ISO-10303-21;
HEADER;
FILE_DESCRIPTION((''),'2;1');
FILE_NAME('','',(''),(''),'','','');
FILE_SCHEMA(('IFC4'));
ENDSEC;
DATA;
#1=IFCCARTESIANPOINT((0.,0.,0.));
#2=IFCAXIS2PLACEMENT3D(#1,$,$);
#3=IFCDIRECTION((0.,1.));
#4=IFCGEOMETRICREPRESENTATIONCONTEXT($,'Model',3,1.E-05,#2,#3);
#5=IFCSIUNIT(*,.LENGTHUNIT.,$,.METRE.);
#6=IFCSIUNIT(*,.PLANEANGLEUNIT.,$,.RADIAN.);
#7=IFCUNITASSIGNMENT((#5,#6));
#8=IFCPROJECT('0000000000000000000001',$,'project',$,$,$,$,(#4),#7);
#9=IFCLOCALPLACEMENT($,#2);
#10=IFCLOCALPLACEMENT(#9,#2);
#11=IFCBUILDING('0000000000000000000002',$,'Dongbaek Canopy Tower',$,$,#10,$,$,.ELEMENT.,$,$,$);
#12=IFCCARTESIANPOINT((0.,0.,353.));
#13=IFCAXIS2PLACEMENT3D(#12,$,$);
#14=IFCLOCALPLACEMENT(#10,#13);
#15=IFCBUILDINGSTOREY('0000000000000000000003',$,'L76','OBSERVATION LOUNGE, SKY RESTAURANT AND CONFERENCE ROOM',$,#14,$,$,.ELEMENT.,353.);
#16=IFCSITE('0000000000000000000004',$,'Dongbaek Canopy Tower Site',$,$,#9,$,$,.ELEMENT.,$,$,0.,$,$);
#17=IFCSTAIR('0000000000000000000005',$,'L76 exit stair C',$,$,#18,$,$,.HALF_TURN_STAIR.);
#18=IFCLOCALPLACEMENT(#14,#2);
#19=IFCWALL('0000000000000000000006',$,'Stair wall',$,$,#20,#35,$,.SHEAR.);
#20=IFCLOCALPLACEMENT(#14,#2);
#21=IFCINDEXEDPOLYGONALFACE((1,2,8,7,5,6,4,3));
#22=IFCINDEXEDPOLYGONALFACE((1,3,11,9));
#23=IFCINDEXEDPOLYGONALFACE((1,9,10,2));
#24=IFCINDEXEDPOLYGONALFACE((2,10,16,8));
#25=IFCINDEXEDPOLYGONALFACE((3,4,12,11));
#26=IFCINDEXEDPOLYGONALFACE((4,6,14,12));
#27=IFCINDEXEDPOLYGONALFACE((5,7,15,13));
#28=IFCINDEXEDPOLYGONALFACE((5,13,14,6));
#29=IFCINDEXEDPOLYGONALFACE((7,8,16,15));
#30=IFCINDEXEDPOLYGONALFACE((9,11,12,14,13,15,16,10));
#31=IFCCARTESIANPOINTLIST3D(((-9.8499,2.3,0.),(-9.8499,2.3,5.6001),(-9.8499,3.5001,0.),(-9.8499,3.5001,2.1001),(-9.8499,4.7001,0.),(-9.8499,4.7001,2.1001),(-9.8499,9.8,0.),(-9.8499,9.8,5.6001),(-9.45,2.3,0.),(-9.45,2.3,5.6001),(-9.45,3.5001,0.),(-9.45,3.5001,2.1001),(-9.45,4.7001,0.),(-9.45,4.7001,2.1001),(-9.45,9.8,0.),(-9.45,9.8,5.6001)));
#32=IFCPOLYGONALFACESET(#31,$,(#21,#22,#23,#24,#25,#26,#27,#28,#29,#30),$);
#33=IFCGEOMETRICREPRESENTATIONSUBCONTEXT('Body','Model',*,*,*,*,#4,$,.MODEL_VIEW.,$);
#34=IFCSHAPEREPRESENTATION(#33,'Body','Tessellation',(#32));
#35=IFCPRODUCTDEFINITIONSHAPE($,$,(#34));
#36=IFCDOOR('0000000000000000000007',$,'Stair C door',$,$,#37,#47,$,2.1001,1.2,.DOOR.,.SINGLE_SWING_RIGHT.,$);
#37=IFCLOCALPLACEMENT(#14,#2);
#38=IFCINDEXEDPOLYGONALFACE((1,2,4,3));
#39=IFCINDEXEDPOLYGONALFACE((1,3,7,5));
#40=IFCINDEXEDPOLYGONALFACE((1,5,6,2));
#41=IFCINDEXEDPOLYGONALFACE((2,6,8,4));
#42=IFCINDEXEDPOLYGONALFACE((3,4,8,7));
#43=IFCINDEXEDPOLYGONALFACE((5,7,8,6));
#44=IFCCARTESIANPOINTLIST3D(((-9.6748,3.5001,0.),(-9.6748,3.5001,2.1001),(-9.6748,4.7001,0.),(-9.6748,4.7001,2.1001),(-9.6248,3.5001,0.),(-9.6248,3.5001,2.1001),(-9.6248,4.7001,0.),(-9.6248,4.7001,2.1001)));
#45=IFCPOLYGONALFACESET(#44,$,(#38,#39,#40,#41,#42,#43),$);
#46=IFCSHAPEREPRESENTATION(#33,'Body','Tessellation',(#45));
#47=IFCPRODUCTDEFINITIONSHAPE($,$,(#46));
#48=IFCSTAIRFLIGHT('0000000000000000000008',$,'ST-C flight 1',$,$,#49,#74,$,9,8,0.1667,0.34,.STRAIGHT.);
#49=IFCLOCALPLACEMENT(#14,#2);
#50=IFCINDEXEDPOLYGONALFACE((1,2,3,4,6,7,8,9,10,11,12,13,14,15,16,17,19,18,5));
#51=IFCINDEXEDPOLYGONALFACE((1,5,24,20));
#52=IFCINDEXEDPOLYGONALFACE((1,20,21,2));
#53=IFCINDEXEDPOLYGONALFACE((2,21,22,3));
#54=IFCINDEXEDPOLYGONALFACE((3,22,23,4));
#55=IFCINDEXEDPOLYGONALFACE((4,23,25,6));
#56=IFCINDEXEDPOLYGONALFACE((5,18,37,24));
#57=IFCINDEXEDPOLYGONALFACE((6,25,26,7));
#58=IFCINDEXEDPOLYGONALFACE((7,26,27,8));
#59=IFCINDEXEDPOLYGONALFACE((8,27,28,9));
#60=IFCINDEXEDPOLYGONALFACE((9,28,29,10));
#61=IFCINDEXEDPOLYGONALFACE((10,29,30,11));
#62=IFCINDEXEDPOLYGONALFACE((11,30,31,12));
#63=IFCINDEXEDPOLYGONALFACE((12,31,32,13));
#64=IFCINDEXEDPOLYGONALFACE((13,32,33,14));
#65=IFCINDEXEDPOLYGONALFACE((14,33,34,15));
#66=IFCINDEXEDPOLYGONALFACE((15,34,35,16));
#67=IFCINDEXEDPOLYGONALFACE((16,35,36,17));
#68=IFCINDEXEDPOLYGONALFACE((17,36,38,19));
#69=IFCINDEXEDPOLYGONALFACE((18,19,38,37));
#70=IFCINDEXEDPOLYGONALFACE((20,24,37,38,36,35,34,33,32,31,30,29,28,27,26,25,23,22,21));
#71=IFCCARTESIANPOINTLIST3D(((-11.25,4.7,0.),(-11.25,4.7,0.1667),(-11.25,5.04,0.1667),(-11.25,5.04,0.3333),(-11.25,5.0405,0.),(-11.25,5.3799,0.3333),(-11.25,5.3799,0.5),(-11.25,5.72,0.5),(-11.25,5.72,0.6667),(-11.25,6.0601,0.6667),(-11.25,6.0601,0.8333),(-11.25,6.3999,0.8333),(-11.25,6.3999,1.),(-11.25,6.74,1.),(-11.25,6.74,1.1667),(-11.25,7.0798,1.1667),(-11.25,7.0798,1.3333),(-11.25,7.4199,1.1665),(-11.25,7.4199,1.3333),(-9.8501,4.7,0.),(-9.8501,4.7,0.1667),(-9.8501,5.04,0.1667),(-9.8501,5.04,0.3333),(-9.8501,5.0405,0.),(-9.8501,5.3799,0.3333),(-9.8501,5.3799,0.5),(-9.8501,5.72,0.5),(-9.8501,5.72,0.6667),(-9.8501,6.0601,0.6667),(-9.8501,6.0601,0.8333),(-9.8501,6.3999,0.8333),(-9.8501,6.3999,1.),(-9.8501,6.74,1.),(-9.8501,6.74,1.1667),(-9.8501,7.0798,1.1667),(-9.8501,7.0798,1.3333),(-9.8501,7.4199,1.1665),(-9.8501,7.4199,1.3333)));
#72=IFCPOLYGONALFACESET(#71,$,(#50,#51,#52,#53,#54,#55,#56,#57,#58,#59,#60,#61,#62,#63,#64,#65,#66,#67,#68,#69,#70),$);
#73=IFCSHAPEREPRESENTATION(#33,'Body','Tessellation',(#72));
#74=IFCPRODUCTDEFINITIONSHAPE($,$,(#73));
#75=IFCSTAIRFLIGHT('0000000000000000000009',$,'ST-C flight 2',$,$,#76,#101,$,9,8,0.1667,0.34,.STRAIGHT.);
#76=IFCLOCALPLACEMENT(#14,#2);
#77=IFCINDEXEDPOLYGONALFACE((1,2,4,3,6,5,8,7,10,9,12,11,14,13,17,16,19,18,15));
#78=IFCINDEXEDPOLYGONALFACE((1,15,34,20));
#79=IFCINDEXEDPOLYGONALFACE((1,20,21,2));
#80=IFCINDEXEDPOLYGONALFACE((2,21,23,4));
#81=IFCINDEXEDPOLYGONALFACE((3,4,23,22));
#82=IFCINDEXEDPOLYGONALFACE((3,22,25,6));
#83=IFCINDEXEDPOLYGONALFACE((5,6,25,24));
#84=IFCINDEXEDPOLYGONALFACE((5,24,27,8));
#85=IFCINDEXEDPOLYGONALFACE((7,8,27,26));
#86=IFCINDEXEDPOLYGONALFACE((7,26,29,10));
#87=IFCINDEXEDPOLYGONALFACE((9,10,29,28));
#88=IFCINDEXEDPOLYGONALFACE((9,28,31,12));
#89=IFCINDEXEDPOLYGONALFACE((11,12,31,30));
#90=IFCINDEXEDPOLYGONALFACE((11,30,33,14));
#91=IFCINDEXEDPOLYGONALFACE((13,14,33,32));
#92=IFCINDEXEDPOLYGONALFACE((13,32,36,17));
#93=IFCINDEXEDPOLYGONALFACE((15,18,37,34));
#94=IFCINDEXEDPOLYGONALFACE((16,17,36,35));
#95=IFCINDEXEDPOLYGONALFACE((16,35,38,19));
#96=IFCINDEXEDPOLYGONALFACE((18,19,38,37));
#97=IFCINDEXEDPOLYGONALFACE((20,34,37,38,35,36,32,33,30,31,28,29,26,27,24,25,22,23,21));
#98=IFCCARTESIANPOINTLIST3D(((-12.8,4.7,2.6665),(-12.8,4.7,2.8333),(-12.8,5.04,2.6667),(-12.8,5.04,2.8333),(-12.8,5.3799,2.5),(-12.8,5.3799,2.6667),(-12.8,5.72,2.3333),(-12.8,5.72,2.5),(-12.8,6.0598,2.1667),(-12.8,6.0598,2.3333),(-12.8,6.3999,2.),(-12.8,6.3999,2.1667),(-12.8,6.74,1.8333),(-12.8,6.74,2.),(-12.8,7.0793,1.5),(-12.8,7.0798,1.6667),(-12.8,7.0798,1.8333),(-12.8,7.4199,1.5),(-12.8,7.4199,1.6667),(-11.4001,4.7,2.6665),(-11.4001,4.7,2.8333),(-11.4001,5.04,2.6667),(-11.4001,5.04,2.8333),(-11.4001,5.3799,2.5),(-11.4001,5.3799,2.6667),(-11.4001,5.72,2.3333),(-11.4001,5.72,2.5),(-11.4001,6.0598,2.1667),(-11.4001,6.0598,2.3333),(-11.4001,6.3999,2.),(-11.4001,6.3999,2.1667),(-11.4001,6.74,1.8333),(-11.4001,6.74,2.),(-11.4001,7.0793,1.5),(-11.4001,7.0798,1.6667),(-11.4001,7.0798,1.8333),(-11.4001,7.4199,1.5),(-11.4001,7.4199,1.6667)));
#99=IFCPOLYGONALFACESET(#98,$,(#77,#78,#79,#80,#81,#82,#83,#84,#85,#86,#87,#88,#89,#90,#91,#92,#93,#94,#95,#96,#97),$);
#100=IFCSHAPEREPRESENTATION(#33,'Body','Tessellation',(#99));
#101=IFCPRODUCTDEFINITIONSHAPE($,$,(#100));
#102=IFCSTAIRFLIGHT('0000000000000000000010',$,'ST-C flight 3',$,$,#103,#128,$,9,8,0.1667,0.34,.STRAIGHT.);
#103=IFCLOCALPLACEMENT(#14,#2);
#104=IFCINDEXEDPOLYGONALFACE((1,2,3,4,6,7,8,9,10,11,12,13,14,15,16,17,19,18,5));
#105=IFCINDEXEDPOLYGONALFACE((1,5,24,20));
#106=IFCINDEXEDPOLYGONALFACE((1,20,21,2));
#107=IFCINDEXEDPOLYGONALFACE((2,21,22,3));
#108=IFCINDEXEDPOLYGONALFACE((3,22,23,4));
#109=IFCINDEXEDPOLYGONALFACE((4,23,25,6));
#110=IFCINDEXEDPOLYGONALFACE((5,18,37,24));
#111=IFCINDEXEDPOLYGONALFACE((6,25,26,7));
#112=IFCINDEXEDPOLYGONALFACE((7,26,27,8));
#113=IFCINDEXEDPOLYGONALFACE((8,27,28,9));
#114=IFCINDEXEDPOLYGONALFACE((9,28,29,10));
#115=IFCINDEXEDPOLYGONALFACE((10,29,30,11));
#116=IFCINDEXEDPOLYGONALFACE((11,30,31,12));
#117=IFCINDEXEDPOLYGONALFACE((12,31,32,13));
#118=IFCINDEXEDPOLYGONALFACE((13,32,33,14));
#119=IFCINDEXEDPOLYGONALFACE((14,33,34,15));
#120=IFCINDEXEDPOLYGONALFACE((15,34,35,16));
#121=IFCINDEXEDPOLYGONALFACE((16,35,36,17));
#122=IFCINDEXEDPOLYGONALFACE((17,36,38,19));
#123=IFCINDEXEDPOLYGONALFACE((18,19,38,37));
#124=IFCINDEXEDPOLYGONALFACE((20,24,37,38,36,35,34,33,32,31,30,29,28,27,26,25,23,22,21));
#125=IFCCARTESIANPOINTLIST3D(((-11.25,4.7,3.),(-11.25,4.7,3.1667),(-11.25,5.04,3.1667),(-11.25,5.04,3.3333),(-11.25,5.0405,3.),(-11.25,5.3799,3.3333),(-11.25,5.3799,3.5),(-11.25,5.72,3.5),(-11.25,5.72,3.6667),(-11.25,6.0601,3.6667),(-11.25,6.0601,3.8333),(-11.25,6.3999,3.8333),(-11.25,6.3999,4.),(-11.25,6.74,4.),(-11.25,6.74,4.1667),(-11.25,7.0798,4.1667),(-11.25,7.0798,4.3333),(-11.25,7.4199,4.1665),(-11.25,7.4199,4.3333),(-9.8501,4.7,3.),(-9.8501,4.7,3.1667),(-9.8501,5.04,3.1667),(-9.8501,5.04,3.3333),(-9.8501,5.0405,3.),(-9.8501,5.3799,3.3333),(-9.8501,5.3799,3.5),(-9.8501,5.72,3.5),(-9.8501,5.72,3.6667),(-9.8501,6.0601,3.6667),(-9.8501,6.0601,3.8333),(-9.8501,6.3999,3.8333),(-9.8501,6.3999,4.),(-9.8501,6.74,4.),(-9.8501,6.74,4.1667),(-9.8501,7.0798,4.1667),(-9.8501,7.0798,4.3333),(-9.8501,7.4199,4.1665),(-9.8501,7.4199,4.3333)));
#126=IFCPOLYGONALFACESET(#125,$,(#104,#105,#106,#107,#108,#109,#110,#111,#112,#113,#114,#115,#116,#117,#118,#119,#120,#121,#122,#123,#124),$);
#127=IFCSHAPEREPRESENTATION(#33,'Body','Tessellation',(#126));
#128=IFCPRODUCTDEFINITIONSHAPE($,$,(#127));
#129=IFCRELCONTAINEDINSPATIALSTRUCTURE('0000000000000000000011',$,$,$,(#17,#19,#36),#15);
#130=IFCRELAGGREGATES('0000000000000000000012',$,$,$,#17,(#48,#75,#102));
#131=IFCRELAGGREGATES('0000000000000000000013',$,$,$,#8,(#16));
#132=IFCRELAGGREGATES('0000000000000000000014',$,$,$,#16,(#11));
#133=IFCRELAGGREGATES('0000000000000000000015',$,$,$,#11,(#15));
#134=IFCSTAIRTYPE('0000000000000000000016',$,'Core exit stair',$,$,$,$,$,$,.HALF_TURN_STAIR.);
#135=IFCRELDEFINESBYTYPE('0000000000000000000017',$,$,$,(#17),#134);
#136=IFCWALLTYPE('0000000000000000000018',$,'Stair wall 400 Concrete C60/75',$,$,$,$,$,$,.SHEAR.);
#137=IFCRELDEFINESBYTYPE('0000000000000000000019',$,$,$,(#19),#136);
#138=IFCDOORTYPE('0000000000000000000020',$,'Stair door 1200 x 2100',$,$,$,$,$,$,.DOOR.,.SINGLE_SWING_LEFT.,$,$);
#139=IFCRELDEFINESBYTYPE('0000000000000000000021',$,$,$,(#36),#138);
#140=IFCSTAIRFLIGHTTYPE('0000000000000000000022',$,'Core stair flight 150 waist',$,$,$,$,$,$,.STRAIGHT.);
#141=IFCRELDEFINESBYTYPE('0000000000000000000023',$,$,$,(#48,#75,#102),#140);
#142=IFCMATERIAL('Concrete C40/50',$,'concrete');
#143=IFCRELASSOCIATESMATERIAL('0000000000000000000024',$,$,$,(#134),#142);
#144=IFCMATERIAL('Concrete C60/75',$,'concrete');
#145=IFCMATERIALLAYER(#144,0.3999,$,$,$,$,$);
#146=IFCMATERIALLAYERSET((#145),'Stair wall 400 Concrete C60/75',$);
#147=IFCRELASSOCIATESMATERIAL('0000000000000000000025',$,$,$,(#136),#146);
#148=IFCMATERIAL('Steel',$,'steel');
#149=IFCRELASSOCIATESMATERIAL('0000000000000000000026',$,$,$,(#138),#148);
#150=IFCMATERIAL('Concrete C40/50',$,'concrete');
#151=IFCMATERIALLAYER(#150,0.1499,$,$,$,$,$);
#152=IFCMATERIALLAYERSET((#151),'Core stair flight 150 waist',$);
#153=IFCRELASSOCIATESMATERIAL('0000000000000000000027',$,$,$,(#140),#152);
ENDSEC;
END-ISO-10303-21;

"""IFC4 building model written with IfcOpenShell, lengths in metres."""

from ifc_helpers import new_model, si_unit, direction, frame, frame_2d, origin, place, context, subcontext, project, spatial, polyline, rectangle, outline, extrude, material, layer, layer_set, type_object, element, fill, aggregate, save


model = new_model("IFC4")

# Units and contexts
model_context = context("Model", 3, precision=1e-05, world=origin(), true_north=direction((0.0, 1.0)))
body_context = subcontext(model_context, "Body", "Model", "MODEL_VIEW")
ifc_project = project(units=[si_unit("LENGTHUNIT", "METRE"), si_unit("PLANEANGLEUNIT", "RADIAN")], contexts=[model_context])

# Site, building, storey
site_placement = place(None, origin())
site = spatial("IfcSite", under=ifc_project, at=site_placement, Name="Dongbaek Canopy Tower Site", CompositionType="ELEMENT", RefElevation=0.0)
building_placement = place(site_placement, origin())
building = spatial("IfcBuilding", under=site, at=building_placement, Name="Dongbaek Canopy Tower", CompositionType="ELEMENT")
storey_placement = place(building_placement, frame((0.0, 0.0, 353.0)))
storey = spatial("IfcBuildingStorey", under=building, at=storey_placement, Name="L76", Description="OBSERVATION LOUNGE, SKY RESTAURANT AND CONFERENCE ROOM", CompositionType="ELEMENT", Elevation=353.0)

# Stair
ifc_material_1 = material(Name="Concrete C40/50", Category="concrete")
stair_type = type_object("IfcStairType", Name="Core exit stair", PredefinedType="HALF_TURN_STAIR", material=ifc_material_1)
stair_1_placement = place(storey_placement, origin())
stair_1 = element("IfcStair", 1, at=stair_1_placement, inside=storey, type_object=stair_type, Name="L76 exit stair C", PredefinedType="HALF_TURN_STAIR")

# Wall, opening, door
ifc_material_2 = material(Name="Concrete C60/75", Category="concrete")
ifc_layer_1 = layer(ifc_material_2, 0.3999)
ifc_layer_set_1 = layer_set([ifc_layer_1], Name="Stair wall 400 Concrete C60/75")
wall_type_1 = type_object("IfcWallType", Name="Stair wall 400 Concrete C60/75", PredefinedType="SHEAR", material=ifc_layer_set_1)
wall_1_placement = place(storey_placement, frame((-9.6499, 2.3, 0.0), z_axis=(0.0, 0.0, 1.0), x_axis=(0.0, 1.0, 0.0)))
wall_1 = element("IfcWall", 2, at=wall_1_placement, inside=storey, type_object=wall_type_1, Name="Stair wall", PredefinedType="SHEAR", context=body_context, shape_type="SweptSolid", body=[
    extrude(rectangle(XDim=7.5, YDim=0.3999, at=frame_2d((3.75, 0.0))), origin(), (0.0, 0.0, 1.0), 5.6001),
])
opening_1_placement = place(wall_1_placement, frame((1.2, 0.0, 0.0)))
opening_1 = element("IfcOpeningElement", 3, at=opening_1_placement, cuts=wall_1, PredefinedType="OPENING", context=body_context, shape_type="SweptSolid", body=[
    extrude(rectangle(XDim=1.2, YDim=2.1001, at=frame_2d((0.6001, 1.05))), frame((0.0, 0.21, 0.0), z_axis=(0.0, -1.0, 0.0), x_axis=(1.0, 0.0, 0.0)), (0.0, 0.0, 1.0), 0.4199),
])
ifc_material_3 = material(Name="Steel", Category="steel")
door_type_1 = type_object("IfcDoorType", Name="Stair door 1200 x 2100", OperationType="SINGLE_SWING_LEFT", PredefinedType="DOOR", material=ifc_material_3)
door_1_placement = place(opening_1_placement, origin())
door_1 = element("IfcDoor", 4, at=door_1_placement, inside=storey, type_object=door_type_1, Name="Stair C door", OperationType="SINGLE_SWING_RIGHT", OverallHeight=2.1001, OverallWidth=1.2, PredefinedType="DOOR", context=body_context, shape_type="SweptSolid", body=[
    extrude(rectangle(XDim=1.2, YDim=2.1001, at=frame_2d((0.6001, 1.05))), frame((0.0, 0.0249, 0.0), z_axis=(0.0, -1.0, 0.0), x_axis=(1.0, 0.0, 0.0)), (0.0, 0.0, 1.0), 0.05),
])
fill(opening_1, door_1)

# Stair flights
ifc_material_4 = material(Name="Concrete C40/50", Category="concrete")
ifc_layer_2 = layer(ifc_material_4, 0.1499)
ifc_layer_set_2 = layer_set([ifc_layer_2], Name="Core stair flight 150 waist")
stair_flight_type = type_object("IfcStairFlightType", Name="Core stair flight 150 waist", PredefinedType="STRAIGHT", material=ifc_layer_set_2)
stair_flight_1_placement = place(storey_placement, frame((-10.55, 4.7, 0.0), z_axis=(0.0, 0.0, 1.0), x_axis=(0.0, 1.0, 0.0)))
stair_flight_1 = element("IfcStairFlight", 5, at=stair_flight_1_placement, type_object=stair_flight_type, Name="ST-C flight 1", NumberOfRisers=9, NumberOfTreads=8, PredefinedType="STRAIGHT", RiserHeight=0.1667, TreadLength=0.34, context=body_context, shape_type="SweptSolid", body=[
    extrude(outline(polyline([(0.0, 0.0), (0.0, 0.1667), (0.3401, 0.1667), (0.3401, 0.3333), (0.6799, 0.3333), (0.6799, 0.5), (1.02, 0.5), (1.02, 0.6667), (1.3601, 0.6667), (1.3601, 0.8333), (1.7, 0.8333), (1.7, 1.0), (2.04, 1.0), (2.04, 1.1667), (2.3799, 1.1667), (2.3799, 1.3333), (2.72, 1.3333), (2.72, 1.5), (2.72, 1.1665), (0.3406, 0.0), (0.0, 0.0)])), frame((0.0, 0.7, 0.0), z_axis=(0.0, -1.0, 0.0), x_axis=(1.0, 0.0, 0.0)), (0.0, 0.0, 1.0), 1.3999),
])
stair_flight_2_placement = place(storey_placement, frame((-12.1001, 7.4199, 1.5), z_axis=(0.0, 0.0, 1.0), x_axis=(0.0, -1.0, 0.0)))
stair_flight_2 = element("IfcStairFlight", 6, at=stair_flight_2_placement, type_object=stair_flight_type, Name="ST-C flight 2", NumberOfRisers=9, NumberOfTreads=8, PredefinedType="STRAIGHT", RiserHeight=0.1667, TreadLength=0.34, context=body_context, shape_type="SweptSolid", body=[
    extrude(outline(polyline([(0.0, 0.0), (0.0, 0.1667), (0.3401, 0.1667), (0.3401, 0.3333), (0.6799, 0.3333), (0.6799, 0.5), (1.02, 0.5), (1.02, 0.6667), (1.3601, 0.6667), (1.3601, 0.8333), (1.7, 0.8333), (1.7, 1.0), (2.04, 1.0), (2.04, 1.1667), (2.3799, 1.1667), (2.3799, 1.3333), (2.72, 1.3333), (2.72, 1.5), (2.72, 1.1665), (0.3406, 0.0), (0.0, 0.0)])), frame((0.0, 0.7, 0.0), z_axis=(0.0, -1.0, 0.0), x_axis=(1.0, 0.0, 0.0)), (0.0, 0.0, 1.0), 1.3999),
])
stair_flight_3_placement = place(storey_placement, frame((-10.55, 4.7, 3.0), z_axis=(0.0, 0.0, 1.0), x_axis=(0.0, 1.0, 0.0)))
stair_flight_3 = element("IfcStairFlight", 7, at=stair_flight_3_placement, type_object=stair_flight_type, Name="ST-C flight 3", NumberOfRisers=9, NumberOfTreads=8, PredefinedType="STRAIGHT", RiserHeight=0.1667, TreadLength=0.34, context=body_context, shape_type="SweptSolid", body=[
    extrude(outline(polyline([(0.0, 0.0), (0.0, 0.1667), (0.3401, 0.1667), (0.3401, 0.3333), (0.6799, 0.3333), (0.6799, 0.5), (1.02, 0.5), (1.02, 0.6667), (1.3601, 0.6667), (1.3601, 0.8333), (1.7, 0.8333), (1.7, 1.0), (2.04, 1.0), (2.04, 1.1667), (2.3799, 1.1667), (2.3799, 1.3333), (2.72, 1.3333), (2.72, 1.5), (2.72, 1.1665), (0.3406, 0.0), (0.0, 0.0)])), frame((0.0, 0.7, 0.0), z_axis=(0.0, -1.0, 0.0), x_axis=(1.0, 0.0, 0.0)), (0.0, 0.0, 1.0), 1.3999),
])
aggregate(stair_1, [stair_flight_1, stair_flight_2, stair_flight_3])

save(model, "model.ifc")
